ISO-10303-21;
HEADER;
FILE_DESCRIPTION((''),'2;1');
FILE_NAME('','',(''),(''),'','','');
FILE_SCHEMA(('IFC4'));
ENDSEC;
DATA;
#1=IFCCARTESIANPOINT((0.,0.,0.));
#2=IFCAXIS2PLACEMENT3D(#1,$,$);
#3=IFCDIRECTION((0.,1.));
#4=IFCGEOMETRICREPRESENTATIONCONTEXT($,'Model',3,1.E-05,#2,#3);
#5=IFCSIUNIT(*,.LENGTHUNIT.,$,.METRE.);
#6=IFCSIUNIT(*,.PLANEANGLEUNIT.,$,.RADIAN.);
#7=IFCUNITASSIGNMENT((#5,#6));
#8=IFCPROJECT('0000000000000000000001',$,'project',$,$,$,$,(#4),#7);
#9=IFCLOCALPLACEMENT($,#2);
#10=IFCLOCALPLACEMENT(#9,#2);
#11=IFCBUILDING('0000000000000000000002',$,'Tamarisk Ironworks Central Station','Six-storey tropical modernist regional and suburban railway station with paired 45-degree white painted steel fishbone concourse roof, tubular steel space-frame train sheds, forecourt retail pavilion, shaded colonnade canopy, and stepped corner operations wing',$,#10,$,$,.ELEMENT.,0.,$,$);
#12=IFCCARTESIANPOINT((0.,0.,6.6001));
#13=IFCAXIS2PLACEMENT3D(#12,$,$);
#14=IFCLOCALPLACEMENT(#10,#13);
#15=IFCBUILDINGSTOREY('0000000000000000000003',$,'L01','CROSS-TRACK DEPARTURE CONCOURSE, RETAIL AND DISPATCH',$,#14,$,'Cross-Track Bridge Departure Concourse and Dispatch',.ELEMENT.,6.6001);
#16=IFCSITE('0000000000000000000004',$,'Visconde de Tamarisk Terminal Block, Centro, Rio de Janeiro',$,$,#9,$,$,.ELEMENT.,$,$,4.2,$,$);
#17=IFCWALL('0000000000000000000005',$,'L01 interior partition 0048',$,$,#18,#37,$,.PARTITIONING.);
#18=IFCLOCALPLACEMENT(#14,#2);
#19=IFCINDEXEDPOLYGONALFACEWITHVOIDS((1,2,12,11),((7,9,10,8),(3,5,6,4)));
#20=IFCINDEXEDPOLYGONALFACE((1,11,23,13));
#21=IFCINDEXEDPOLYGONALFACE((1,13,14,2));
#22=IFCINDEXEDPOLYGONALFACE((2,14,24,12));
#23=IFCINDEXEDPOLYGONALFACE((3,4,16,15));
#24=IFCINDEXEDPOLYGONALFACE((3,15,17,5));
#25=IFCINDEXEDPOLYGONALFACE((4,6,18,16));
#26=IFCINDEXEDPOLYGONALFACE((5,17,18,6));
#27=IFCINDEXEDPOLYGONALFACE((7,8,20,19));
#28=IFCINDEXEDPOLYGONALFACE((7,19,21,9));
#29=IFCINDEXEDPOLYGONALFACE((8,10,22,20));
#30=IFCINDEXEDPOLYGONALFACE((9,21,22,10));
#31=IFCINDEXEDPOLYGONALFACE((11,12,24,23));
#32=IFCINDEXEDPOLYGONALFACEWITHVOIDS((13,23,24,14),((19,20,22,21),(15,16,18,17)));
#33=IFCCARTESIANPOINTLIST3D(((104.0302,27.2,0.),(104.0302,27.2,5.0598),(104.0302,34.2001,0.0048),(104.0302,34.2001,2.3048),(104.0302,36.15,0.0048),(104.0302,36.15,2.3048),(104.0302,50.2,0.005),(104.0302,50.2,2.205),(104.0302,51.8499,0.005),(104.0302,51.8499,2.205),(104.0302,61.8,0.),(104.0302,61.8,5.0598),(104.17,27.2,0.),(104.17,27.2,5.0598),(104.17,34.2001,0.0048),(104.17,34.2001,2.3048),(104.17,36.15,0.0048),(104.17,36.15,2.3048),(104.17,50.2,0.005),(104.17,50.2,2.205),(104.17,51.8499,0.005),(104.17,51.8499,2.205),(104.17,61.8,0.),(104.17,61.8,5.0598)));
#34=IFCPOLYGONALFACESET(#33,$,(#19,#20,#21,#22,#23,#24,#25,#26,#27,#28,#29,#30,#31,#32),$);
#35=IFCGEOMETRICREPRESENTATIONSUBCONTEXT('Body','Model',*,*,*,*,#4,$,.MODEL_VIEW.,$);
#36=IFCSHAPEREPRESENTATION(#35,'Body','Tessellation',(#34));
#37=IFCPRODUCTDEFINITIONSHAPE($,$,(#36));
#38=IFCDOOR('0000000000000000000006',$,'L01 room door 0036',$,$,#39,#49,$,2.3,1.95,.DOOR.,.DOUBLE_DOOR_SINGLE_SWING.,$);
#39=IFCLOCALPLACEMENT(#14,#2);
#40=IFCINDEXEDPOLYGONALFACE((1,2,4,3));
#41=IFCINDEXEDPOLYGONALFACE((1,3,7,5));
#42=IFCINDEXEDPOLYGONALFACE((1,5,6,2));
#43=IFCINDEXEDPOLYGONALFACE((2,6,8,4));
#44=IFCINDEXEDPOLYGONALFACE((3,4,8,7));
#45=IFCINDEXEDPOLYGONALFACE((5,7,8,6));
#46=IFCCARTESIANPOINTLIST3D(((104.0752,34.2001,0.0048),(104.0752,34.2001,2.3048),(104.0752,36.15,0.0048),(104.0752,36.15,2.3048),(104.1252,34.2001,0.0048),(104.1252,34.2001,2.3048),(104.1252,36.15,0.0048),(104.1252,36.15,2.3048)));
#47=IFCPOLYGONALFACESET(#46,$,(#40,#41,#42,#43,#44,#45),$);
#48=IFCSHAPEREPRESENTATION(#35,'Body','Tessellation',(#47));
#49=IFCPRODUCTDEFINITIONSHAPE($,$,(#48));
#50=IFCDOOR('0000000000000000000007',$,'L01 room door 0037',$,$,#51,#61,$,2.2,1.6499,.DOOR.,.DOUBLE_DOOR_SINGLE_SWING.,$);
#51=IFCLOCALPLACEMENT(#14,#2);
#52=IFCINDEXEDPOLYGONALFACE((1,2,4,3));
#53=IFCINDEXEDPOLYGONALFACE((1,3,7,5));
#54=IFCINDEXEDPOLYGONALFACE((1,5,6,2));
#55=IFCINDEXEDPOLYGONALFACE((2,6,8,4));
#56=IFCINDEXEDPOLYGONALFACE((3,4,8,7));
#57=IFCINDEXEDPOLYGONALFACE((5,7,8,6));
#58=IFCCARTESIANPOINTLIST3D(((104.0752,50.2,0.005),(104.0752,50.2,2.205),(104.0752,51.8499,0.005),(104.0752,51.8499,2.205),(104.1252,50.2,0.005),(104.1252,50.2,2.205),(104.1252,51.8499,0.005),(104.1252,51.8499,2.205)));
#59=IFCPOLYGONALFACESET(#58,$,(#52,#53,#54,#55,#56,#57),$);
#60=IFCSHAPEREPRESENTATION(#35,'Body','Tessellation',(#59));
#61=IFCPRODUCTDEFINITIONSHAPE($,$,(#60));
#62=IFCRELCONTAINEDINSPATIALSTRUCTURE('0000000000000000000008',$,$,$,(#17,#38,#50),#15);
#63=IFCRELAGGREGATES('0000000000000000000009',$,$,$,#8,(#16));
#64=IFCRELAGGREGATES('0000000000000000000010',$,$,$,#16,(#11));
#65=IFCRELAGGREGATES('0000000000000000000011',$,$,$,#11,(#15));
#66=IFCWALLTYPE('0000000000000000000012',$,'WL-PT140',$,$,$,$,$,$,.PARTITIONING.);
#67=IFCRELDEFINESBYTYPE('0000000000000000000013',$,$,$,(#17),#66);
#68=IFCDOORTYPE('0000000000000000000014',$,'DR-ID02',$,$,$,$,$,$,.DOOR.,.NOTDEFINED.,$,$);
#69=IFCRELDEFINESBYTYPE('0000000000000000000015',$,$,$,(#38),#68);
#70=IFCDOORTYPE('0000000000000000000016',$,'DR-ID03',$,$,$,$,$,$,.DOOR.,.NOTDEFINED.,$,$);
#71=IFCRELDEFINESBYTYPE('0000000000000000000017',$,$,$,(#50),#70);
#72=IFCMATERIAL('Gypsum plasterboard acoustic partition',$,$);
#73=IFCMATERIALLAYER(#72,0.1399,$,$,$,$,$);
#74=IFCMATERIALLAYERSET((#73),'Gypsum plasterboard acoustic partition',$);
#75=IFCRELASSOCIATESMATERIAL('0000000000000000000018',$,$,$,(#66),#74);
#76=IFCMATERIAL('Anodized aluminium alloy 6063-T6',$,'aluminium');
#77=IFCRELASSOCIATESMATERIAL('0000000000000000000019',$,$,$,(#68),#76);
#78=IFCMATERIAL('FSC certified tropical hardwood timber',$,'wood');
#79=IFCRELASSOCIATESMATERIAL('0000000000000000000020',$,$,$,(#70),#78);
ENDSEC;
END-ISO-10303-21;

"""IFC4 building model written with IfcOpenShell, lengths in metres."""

from ifc_helpers import new_model, si_unit, direction, frame, frame_2d, origin, place, context, subcontext, project, spatial, rectangle, extrude, material, layer, layer_set, type_object, element, fill, save


model = new_model("IFC4")

# Units and contexts
model_context = context("Model", 3, precision=1e-05, world=origin(), true_north=direction((0.0, 1.0)))
body_context = subcontext(model_context, "Body", "Model", "MODEL_VIEW")
ifc_project = project(units=[si_unit("LENGTHUNIT", "METRE"), si_unit("PLANEANGLEUNIT", "RADIAN")], contexts=[model_context])

# Site, building, storey
site_placement = place(None, origin())
site = spatial("IfcSite", under=ifc_project, at=site_placement, Name="Visconde de Tamarisk Terminal Block, Centro, Rio de Janeiro", CompositionType="ELEMENT", RefElevation=4.2)
building_placement = place(site_placement, origin())
building = spatial("IfcBuilding", under=site, at=building_placement, Name="Tamarisk Ironworks Central Station", Description="Six-storey tropical modernist regional and suburban railway station with paired 45-degree white painted steel fishbone concourse roof, tubular steel space-frame train sheds, forecourt retail pavilion, shaded colonnade canopy, and stepped corner operations wing", CompositionType="ELEMENT", ElevationOfRefHeight=0.0)
storey_placement = place(building_placement, frame((0.0, 0.0, 6.6001)))
storey = spatial("IfcBuildingStorey", under=building, at=storey_placement, Name="L01", Description="CROSS-TRACK DEPARTURE CONCOURSE, RETAIL AND DISPATCH", LongName="Cross-Track Bridge Departure Concourse and Dispatch", CompositionType="ELEMENT", Elevation=6.6001)

# Shared definitions
ifc_material_1 = material(Name="Gypsum plasterboard acoustic partition")
ifc_layer_1 = layer(ifc_material_1, 0.1399)
ifc_layer_set_1 = layer_set([ifc_layer_1], Name="Gypsum plasterboard acoustic partition")
wall_type_1 = type_object("IfcWallType", Name="WL-PT140", PredefinedType="PARTITIONING", material=ifc_layer_set_1)

# Wall, openings, doors
wall_1_placement = place(storey_placement, frame((104.1001, 27.2, 0.0), z_axis=(0.0, 0.0, 1.0), x_axis=(0.0, 1.0, 0.0)))
wall_1 = element("IfcWall", 1, at=wall_1_placement, inside=storey, type_object=wall_type_1, Name="L01 interior partition 0048", PredefinedType="PARTITIONING", context=body_context, shape_type="SweptSolid", body=[
    extrude(rectangle(XDim=34.6001, YDim=0.1399, at=frame_2d((17.3, 0.0))), origin(), (0.0, 0.0, 1.0), 5.0598),
])
opening_1_placement = place(wall_1_placement, frame((7.0, 0.0, 0.0049)))
opening_1 = element("IfcOpeningElement", 2, at=opening_1_placement, cuts=wall_1, PredefinedType="OPENING", context=body_context, shape_type="SweptSolid", body=[
    extrude(rectangle(XDim=1.95, YDim=2.3, at=frame_2d((0.9751, 1.1499))), frame((0.0, 0.082, 0.0), z_axis=(0.0, -1.0, 0.0), x_axis=(1.0, 0.0, 0.0)), (0.0, 0.0, 1.0), 0.1638),
])
opening_2_placement = place(wall_1_placement, frame((23.0, 0.0, 0.0049)))
opening_2 = element("IfcOpeningElement", 3, at=opening_2_placement, cuts=wall_1, PredefinedType="OPENING", context=body_context, shape_type="SweptSolid", body=[
    extrude(rectangle(XDim=1.6499, YDim=2.2, at=frame_2d((0.825, 1.1001))), frame((0.0, 0.082, 0.0), z_axis=(0.0, -1.0, 0.0), x_axis=(1.0, 0.0, 0.0)), (0.0, 0.0, 1.0), 0.1638),
])
ifc_material_2 = material(Name="Anodized aluminium alloy 6063-T6", Category="aluminium")
door_type_1 = type_object("IfcDoorType", Name="DR-ID02", OperationType="NOTDEFINED", PredefinedType="DOOR", material=ifc_material_2)
door_1_placement = place(opening_1_placement, origin())
door_1 = element("IfcDoor", 4, at=door_1_placement, inside=storey, type_object=door_type_1, Name="L01 room door 0036", OperationType="DOUBLE_DOOR_SINGLE_SWING", OverallHeight=2.3, OverallWidth=1.95, PredefinedType="DOOR", context=body_context, shape_type="SweptSolid", body=[
    extrude(rectangle(XDim=1.95, YDim=2.3, at=frame_2d((0.9751, 1.1499))), frame((0.0, 0.0249, 0.0), z_axis=(0.0, -1.0, 0.0), x_axis=(1.0, 0.0, 0.0)), (0.0, 0.0, 1.0), 0.05),
])
fill(opening_1, door_1)
ifc_material_3 = material(Name="FSC certified tropical hardwood timber", Category="wood")
door_type_2 = type_object("IfcDoorType", Name="DR-ID03", OperationType="NOTDEFINED", PredefinedType="DOOR", material=ifc_material_3)
door_2_placement = place(opening_2_placement, origin())
door_2 = element("IfcDoor", 5, at=door_2_placement, inside=storey, type_object=door_type_2, Name="L01 room door 0037", OperationType="DOUBLE_DOOR_SINGLE_SWING", OverallHeight=2.2, OverallWidth=1.6499, PredefinedType="DOOR", context=body_context, shape_type="SweptSolid", body=[
    extrude(rectangle(XDim=1.6499, YDim=2.2, at=frame_2d((0.825, 1.1001))), frame((0.0, 0.0249, 0.0), z_axis=(0.0, -1.0, 0.0), x_axis=(1.0, 0.0, 0.0)), (0.0, 0.0, 1.0), 0.05),
])
fill(opening_2, door_2)

save(model, "model.ifc")
